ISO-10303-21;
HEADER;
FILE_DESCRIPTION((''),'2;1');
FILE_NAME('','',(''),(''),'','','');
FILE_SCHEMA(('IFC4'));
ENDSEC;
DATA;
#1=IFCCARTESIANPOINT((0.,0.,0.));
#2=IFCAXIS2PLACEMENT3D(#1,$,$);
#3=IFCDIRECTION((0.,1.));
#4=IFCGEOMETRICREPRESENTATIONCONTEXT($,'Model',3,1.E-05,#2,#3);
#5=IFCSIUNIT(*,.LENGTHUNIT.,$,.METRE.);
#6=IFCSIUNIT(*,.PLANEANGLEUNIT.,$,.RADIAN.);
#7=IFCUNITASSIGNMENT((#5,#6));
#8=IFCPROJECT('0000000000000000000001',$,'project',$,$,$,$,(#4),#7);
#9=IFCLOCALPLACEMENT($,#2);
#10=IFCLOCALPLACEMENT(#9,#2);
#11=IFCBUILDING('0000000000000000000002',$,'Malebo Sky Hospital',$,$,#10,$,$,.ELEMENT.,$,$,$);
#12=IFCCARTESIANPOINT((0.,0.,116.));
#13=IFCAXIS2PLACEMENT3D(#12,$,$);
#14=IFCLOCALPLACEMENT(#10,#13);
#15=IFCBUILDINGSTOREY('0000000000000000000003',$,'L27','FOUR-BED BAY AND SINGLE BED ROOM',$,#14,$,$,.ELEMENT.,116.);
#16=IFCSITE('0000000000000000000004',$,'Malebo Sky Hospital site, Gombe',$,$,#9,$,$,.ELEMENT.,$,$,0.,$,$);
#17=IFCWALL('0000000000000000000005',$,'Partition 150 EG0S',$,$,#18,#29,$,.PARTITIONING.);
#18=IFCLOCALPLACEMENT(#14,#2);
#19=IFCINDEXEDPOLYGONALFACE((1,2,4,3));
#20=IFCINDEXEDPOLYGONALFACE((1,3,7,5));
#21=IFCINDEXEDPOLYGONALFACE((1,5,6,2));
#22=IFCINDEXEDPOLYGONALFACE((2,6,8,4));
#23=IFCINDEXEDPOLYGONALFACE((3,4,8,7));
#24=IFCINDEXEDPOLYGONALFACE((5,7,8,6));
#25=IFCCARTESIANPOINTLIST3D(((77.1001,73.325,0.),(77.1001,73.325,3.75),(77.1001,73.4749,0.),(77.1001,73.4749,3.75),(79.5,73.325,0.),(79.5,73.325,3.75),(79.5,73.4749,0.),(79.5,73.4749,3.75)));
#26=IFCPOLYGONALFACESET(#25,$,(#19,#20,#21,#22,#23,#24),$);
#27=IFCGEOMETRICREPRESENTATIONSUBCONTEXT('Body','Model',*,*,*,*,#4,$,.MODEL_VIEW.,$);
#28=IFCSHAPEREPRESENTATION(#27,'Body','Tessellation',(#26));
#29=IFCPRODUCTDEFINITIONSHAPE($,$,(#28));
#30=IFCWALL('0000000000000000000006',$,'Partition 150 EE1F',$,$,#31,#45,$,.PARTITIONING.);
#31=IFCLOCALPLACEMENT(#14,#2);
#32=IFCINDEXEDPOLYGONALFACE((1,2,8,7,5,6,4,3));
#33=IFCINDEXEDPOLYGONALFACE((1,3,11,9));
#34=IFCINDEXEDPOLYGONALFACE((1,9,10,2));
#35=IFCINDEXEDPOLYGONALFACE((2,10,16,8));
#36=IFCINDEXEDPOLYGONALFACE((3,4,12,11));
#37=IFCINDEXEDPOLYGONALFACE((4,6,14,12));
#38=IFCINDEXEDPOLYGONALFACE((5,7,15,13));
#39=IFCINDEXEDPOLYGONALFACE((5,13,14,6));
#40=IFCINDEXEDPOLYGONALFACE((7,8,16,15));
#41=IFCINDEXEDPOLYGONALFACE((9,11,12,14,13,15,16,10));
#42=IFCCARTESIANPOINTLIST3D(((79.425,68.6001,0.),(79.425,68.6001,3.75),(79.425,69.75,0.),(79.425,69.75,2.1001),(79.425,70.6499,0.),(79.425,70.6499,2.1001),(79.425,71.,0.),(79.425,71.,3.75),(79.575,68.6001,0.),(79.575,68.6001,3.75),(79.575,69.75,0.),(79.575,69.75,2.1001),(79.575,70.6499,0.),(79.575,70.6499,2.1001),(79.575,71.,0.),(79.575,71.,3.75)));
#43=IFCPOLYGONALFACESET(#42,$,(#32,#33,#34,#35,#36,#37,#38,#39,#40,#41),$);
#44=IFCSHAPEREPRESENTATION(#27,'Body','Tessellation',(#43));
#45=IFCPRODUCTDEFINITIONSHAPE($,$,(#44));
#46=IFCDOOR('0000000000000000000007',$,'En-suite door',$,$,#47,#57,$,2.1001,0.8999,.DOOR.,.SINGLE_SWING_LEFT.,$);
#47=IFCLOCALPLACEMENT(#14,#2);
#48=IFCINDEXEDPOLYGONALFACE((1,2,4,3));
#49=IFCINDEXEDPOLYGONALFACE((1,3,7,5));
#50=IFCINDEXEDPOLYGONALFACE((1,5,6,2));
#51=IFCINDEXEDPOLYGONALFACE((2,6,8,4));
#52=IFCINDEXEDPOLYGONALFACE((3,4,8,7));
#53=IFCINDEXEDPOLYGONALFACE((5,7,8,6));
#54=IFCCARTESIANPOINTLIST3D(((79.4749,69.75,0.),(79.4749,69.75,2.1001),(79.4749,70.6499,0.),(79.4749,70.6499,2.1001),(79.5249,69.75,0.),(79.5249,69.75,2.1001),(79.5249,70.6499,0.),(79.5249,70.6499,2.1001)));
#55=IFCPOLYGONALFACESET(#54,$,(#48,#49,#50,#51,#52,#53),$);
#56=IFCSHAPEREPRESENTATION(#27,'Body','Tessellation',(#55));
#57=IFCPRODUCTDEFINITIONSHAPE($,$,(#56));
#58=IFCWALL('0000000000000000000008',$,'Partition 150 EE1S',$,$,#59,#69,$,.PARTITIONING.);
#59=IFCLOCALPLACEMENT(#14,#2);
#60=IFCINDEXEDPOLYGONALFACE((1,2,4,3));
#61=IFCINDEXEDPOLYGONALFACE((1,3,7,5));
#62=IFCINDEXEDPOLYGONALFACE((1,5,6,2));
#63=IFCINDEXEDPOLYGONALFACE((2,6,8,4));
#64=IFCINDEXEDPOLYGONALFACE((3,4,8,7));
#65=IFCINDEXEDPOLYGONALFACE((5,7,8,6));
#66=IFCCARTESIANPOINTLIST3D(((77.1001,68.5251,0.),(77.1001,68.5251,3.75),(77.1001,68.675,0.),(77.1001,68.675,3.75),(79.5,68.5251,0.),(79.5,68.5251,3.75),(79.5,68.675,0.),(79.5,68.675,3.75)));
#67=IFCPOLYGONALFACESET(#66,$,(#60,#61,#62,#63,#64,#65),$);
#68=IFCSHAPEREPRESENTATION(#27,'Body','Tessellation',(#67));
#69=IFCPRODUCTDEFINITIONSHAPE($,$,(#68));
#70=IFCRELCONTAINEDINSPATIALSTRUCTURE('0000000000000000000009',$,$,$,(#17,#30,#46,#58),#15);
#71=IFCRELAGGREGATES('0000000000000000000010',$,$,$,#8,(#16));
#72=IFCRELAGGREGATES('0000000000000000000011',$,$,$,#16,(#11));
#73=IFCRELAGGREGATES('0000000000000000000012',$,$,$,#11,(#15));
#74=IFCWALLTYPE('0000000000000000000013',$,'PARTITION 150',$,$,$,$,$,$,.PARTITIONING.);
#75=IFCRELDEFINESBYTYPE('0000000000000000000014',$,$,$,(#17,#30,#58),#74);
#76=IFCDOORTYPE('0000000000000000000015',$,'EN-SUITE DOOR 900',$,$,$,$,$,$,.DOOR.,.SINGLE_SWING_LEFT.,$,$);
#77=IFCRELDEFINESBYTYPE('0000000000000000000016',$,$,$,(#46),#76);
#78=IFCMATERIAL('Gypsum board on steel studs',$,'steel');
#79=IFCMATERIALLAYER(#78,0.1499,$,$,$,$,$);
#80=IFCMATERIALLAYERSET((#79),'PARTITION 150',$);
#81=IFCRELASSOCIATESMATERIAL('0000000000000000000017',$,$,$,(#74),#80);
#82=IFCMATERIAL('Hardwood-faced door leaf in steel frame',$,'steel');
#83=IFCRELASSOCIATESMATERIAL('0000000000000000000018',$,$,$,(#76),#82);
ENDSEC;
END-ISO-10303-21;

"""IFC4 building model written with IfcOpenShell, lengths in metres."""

from ifc_helpers import new_model, si_unit, direction, frame, frame_2d, origin, place, context, subcontext, project, spatial, rectangle, extrude, material, layer, layer_set, type_object, element, fill, save


model = new_model("IFC4")

# Units and contexts
model_context = context("Model", 3, precision=1e-05, world=origin(), true_north=direction((0.0, 1.0)))
body_context = subcontext(model_context, "Body", "Model", "MODEL_VIEW")
ifc_project = project(units=[si_unit("LENGTHUNIT", "METRE"), si_unit("PLANEANGLEUNIT", "RADIAN")], contexts=[model_context])

# Site, building, storey
site_placement = place(None, origin())
site = spatial("IfcSite", under=ifc_project, at=site_placement, Name="Malebo Sky Hospital site, Gombe", CompositionType="ELEMENT", RefElevation=0.0)
building_placement = place(site_placement, origin())
building = spatial("IfcBuilding", under=site, at=building_placement, Name="Malebo Sky Hospital", CompositionType="ELEMENT")
storey_placement = place(building_placement, frame((0.0, 0.0, 116.0)))
storey = spatial("IfcBuildingStorey", under=building, at=storey_placement, Name="L27", Description="FOUR-BED BAY AND SINGLE BED ROOM", CompositionType="ELEMENT", Elevation=116.0)

# Wall
ifc_material_1 = material(Name="Gypsum board on steel studs", Category="steel")
ifc_layer_1 = layer(ifc_material_1, 0.1499)
ifc_layer_set_1 = layer_set([ifc_layer_1], Name="PARTITION 150")
wall_type = type_object("IfcWallType", Name="PARTITION 150", PredefinedType="PARTITIONING", material=ifc_layer_set_1)
wall_1_placement = place(storey_placement, frame((77.1001, 73.3999, 0.0), z_axis=(0.0, 0.0, 1.0), x_axis=(1.0, 0.0, 0.0)))
element("IfcWall", 1, at=wall_1_placement, inside=storey, type_object=wall_type, Name="Partition 150 EG0S", PredefinedType="PARTITIONING", context=body_context, shape_type="SweptSolid", body=[
    extrude(rectangle(XDim=2.3999, YDim=0.1499, at=frame_2d((1.2, 0.0))), origin(), (0.0, 0.0, 1.0), 3.75),
])

# Wall, opening, door
wall_2_placement = place(storey_placement, frame((79.5, 71.0, 0.0), z_axis=(0.0, 0.0, 1.0), x_axis=(0.0, -1.0, 0.0)))
wall_2 = element("IfcWall", 2, at=wall_2_placement, inside=storey, type_object=wall_type, Name="Partition 150 EE1F", PredefinedType="PARTITIONING", context=body_context, shape_type="SweptSolid", body=[
    extrude(rectangle(XDim=2.3999, YDim=0.1499, at=frame_2d((1.2, 0.0))), origin(), (0.0, 0.0, 1.0), 3.75),
])
opening_placement = place(wall_2_placement, frame((0.3501, 0.0, 0.0)))
opening = element("IfcOpeningElement", 3, at=opening_placement, cuts=wall_2, PredefinedType="OPENING", context=body_context, shape_type="SweptSolid", body=[
    extrude(rectangle(XDim=0.8999, YDim=2.1001, at=frame_2d((0.45, 1.05))), frame((0.0, 0.085, 0.0), z_axis=(0.0, -1.0, 0.0), x_axis=(1.0, 0.0, 0.0)), (0.0, 0.0, 1.0), 0.1699),
])
ifc_material_2 = material(Name="Hardwood-faced door leaf in steel frame", Category="steel")
door_type = type_object("IfcDoorType", Name="EN-SUITE DOOR 900", OperationType="SINGLE_SWING_LEFT", PredefinedType="DOOR", material=ifc_material_2)
door_placement = place(opening_placement, origin())
door = element("IfcDoor", 4, at=door_placement, inside=storey, type_object=door_type, Name="En-suite door", OperationType="SINGLE_SWING_LEFT", OverallHeight=2.1001, OverallWidth=0.8999, PredefinedType="DOOR", context=body_context, shape_type="SweptSolid", body=[
    extrude(rectangle(XDim=0.8999, YDim=2.1001, at=frame_2d((0.45, 1.05))), frame((0.0, 0.0249, 0.0), z_axis=(0.0, -1.0, 0.0), x_axis=(1.0, 0.0, 0.0)), (0.0, 0.0, 1.0), 0.05),
])
fill(opening, door)

# Wall
wall_3_placement = place(storey_placement, frame((77.1001, 68.6001, 0.0), z_axis=(0.0, 0.0, 1.0), x_axis=(1.0, 0.0, 0.0)))
element("IfcWall", 5, at=wall_3_placement, inside=storey, type_object=wall_type, Name="Partition 150 EE1S", PredefinedType="PARTITIONING", context=body_context, shape_type="SweptSolid", body=[
    extrude(rectangle(XDim=2.3999, YDim=0.1499, at=frame_2d((1.2, 0.0))), origin(), (0.0, 0.0, 1.0), 3.75),
])

save(model, "model.ifc")
